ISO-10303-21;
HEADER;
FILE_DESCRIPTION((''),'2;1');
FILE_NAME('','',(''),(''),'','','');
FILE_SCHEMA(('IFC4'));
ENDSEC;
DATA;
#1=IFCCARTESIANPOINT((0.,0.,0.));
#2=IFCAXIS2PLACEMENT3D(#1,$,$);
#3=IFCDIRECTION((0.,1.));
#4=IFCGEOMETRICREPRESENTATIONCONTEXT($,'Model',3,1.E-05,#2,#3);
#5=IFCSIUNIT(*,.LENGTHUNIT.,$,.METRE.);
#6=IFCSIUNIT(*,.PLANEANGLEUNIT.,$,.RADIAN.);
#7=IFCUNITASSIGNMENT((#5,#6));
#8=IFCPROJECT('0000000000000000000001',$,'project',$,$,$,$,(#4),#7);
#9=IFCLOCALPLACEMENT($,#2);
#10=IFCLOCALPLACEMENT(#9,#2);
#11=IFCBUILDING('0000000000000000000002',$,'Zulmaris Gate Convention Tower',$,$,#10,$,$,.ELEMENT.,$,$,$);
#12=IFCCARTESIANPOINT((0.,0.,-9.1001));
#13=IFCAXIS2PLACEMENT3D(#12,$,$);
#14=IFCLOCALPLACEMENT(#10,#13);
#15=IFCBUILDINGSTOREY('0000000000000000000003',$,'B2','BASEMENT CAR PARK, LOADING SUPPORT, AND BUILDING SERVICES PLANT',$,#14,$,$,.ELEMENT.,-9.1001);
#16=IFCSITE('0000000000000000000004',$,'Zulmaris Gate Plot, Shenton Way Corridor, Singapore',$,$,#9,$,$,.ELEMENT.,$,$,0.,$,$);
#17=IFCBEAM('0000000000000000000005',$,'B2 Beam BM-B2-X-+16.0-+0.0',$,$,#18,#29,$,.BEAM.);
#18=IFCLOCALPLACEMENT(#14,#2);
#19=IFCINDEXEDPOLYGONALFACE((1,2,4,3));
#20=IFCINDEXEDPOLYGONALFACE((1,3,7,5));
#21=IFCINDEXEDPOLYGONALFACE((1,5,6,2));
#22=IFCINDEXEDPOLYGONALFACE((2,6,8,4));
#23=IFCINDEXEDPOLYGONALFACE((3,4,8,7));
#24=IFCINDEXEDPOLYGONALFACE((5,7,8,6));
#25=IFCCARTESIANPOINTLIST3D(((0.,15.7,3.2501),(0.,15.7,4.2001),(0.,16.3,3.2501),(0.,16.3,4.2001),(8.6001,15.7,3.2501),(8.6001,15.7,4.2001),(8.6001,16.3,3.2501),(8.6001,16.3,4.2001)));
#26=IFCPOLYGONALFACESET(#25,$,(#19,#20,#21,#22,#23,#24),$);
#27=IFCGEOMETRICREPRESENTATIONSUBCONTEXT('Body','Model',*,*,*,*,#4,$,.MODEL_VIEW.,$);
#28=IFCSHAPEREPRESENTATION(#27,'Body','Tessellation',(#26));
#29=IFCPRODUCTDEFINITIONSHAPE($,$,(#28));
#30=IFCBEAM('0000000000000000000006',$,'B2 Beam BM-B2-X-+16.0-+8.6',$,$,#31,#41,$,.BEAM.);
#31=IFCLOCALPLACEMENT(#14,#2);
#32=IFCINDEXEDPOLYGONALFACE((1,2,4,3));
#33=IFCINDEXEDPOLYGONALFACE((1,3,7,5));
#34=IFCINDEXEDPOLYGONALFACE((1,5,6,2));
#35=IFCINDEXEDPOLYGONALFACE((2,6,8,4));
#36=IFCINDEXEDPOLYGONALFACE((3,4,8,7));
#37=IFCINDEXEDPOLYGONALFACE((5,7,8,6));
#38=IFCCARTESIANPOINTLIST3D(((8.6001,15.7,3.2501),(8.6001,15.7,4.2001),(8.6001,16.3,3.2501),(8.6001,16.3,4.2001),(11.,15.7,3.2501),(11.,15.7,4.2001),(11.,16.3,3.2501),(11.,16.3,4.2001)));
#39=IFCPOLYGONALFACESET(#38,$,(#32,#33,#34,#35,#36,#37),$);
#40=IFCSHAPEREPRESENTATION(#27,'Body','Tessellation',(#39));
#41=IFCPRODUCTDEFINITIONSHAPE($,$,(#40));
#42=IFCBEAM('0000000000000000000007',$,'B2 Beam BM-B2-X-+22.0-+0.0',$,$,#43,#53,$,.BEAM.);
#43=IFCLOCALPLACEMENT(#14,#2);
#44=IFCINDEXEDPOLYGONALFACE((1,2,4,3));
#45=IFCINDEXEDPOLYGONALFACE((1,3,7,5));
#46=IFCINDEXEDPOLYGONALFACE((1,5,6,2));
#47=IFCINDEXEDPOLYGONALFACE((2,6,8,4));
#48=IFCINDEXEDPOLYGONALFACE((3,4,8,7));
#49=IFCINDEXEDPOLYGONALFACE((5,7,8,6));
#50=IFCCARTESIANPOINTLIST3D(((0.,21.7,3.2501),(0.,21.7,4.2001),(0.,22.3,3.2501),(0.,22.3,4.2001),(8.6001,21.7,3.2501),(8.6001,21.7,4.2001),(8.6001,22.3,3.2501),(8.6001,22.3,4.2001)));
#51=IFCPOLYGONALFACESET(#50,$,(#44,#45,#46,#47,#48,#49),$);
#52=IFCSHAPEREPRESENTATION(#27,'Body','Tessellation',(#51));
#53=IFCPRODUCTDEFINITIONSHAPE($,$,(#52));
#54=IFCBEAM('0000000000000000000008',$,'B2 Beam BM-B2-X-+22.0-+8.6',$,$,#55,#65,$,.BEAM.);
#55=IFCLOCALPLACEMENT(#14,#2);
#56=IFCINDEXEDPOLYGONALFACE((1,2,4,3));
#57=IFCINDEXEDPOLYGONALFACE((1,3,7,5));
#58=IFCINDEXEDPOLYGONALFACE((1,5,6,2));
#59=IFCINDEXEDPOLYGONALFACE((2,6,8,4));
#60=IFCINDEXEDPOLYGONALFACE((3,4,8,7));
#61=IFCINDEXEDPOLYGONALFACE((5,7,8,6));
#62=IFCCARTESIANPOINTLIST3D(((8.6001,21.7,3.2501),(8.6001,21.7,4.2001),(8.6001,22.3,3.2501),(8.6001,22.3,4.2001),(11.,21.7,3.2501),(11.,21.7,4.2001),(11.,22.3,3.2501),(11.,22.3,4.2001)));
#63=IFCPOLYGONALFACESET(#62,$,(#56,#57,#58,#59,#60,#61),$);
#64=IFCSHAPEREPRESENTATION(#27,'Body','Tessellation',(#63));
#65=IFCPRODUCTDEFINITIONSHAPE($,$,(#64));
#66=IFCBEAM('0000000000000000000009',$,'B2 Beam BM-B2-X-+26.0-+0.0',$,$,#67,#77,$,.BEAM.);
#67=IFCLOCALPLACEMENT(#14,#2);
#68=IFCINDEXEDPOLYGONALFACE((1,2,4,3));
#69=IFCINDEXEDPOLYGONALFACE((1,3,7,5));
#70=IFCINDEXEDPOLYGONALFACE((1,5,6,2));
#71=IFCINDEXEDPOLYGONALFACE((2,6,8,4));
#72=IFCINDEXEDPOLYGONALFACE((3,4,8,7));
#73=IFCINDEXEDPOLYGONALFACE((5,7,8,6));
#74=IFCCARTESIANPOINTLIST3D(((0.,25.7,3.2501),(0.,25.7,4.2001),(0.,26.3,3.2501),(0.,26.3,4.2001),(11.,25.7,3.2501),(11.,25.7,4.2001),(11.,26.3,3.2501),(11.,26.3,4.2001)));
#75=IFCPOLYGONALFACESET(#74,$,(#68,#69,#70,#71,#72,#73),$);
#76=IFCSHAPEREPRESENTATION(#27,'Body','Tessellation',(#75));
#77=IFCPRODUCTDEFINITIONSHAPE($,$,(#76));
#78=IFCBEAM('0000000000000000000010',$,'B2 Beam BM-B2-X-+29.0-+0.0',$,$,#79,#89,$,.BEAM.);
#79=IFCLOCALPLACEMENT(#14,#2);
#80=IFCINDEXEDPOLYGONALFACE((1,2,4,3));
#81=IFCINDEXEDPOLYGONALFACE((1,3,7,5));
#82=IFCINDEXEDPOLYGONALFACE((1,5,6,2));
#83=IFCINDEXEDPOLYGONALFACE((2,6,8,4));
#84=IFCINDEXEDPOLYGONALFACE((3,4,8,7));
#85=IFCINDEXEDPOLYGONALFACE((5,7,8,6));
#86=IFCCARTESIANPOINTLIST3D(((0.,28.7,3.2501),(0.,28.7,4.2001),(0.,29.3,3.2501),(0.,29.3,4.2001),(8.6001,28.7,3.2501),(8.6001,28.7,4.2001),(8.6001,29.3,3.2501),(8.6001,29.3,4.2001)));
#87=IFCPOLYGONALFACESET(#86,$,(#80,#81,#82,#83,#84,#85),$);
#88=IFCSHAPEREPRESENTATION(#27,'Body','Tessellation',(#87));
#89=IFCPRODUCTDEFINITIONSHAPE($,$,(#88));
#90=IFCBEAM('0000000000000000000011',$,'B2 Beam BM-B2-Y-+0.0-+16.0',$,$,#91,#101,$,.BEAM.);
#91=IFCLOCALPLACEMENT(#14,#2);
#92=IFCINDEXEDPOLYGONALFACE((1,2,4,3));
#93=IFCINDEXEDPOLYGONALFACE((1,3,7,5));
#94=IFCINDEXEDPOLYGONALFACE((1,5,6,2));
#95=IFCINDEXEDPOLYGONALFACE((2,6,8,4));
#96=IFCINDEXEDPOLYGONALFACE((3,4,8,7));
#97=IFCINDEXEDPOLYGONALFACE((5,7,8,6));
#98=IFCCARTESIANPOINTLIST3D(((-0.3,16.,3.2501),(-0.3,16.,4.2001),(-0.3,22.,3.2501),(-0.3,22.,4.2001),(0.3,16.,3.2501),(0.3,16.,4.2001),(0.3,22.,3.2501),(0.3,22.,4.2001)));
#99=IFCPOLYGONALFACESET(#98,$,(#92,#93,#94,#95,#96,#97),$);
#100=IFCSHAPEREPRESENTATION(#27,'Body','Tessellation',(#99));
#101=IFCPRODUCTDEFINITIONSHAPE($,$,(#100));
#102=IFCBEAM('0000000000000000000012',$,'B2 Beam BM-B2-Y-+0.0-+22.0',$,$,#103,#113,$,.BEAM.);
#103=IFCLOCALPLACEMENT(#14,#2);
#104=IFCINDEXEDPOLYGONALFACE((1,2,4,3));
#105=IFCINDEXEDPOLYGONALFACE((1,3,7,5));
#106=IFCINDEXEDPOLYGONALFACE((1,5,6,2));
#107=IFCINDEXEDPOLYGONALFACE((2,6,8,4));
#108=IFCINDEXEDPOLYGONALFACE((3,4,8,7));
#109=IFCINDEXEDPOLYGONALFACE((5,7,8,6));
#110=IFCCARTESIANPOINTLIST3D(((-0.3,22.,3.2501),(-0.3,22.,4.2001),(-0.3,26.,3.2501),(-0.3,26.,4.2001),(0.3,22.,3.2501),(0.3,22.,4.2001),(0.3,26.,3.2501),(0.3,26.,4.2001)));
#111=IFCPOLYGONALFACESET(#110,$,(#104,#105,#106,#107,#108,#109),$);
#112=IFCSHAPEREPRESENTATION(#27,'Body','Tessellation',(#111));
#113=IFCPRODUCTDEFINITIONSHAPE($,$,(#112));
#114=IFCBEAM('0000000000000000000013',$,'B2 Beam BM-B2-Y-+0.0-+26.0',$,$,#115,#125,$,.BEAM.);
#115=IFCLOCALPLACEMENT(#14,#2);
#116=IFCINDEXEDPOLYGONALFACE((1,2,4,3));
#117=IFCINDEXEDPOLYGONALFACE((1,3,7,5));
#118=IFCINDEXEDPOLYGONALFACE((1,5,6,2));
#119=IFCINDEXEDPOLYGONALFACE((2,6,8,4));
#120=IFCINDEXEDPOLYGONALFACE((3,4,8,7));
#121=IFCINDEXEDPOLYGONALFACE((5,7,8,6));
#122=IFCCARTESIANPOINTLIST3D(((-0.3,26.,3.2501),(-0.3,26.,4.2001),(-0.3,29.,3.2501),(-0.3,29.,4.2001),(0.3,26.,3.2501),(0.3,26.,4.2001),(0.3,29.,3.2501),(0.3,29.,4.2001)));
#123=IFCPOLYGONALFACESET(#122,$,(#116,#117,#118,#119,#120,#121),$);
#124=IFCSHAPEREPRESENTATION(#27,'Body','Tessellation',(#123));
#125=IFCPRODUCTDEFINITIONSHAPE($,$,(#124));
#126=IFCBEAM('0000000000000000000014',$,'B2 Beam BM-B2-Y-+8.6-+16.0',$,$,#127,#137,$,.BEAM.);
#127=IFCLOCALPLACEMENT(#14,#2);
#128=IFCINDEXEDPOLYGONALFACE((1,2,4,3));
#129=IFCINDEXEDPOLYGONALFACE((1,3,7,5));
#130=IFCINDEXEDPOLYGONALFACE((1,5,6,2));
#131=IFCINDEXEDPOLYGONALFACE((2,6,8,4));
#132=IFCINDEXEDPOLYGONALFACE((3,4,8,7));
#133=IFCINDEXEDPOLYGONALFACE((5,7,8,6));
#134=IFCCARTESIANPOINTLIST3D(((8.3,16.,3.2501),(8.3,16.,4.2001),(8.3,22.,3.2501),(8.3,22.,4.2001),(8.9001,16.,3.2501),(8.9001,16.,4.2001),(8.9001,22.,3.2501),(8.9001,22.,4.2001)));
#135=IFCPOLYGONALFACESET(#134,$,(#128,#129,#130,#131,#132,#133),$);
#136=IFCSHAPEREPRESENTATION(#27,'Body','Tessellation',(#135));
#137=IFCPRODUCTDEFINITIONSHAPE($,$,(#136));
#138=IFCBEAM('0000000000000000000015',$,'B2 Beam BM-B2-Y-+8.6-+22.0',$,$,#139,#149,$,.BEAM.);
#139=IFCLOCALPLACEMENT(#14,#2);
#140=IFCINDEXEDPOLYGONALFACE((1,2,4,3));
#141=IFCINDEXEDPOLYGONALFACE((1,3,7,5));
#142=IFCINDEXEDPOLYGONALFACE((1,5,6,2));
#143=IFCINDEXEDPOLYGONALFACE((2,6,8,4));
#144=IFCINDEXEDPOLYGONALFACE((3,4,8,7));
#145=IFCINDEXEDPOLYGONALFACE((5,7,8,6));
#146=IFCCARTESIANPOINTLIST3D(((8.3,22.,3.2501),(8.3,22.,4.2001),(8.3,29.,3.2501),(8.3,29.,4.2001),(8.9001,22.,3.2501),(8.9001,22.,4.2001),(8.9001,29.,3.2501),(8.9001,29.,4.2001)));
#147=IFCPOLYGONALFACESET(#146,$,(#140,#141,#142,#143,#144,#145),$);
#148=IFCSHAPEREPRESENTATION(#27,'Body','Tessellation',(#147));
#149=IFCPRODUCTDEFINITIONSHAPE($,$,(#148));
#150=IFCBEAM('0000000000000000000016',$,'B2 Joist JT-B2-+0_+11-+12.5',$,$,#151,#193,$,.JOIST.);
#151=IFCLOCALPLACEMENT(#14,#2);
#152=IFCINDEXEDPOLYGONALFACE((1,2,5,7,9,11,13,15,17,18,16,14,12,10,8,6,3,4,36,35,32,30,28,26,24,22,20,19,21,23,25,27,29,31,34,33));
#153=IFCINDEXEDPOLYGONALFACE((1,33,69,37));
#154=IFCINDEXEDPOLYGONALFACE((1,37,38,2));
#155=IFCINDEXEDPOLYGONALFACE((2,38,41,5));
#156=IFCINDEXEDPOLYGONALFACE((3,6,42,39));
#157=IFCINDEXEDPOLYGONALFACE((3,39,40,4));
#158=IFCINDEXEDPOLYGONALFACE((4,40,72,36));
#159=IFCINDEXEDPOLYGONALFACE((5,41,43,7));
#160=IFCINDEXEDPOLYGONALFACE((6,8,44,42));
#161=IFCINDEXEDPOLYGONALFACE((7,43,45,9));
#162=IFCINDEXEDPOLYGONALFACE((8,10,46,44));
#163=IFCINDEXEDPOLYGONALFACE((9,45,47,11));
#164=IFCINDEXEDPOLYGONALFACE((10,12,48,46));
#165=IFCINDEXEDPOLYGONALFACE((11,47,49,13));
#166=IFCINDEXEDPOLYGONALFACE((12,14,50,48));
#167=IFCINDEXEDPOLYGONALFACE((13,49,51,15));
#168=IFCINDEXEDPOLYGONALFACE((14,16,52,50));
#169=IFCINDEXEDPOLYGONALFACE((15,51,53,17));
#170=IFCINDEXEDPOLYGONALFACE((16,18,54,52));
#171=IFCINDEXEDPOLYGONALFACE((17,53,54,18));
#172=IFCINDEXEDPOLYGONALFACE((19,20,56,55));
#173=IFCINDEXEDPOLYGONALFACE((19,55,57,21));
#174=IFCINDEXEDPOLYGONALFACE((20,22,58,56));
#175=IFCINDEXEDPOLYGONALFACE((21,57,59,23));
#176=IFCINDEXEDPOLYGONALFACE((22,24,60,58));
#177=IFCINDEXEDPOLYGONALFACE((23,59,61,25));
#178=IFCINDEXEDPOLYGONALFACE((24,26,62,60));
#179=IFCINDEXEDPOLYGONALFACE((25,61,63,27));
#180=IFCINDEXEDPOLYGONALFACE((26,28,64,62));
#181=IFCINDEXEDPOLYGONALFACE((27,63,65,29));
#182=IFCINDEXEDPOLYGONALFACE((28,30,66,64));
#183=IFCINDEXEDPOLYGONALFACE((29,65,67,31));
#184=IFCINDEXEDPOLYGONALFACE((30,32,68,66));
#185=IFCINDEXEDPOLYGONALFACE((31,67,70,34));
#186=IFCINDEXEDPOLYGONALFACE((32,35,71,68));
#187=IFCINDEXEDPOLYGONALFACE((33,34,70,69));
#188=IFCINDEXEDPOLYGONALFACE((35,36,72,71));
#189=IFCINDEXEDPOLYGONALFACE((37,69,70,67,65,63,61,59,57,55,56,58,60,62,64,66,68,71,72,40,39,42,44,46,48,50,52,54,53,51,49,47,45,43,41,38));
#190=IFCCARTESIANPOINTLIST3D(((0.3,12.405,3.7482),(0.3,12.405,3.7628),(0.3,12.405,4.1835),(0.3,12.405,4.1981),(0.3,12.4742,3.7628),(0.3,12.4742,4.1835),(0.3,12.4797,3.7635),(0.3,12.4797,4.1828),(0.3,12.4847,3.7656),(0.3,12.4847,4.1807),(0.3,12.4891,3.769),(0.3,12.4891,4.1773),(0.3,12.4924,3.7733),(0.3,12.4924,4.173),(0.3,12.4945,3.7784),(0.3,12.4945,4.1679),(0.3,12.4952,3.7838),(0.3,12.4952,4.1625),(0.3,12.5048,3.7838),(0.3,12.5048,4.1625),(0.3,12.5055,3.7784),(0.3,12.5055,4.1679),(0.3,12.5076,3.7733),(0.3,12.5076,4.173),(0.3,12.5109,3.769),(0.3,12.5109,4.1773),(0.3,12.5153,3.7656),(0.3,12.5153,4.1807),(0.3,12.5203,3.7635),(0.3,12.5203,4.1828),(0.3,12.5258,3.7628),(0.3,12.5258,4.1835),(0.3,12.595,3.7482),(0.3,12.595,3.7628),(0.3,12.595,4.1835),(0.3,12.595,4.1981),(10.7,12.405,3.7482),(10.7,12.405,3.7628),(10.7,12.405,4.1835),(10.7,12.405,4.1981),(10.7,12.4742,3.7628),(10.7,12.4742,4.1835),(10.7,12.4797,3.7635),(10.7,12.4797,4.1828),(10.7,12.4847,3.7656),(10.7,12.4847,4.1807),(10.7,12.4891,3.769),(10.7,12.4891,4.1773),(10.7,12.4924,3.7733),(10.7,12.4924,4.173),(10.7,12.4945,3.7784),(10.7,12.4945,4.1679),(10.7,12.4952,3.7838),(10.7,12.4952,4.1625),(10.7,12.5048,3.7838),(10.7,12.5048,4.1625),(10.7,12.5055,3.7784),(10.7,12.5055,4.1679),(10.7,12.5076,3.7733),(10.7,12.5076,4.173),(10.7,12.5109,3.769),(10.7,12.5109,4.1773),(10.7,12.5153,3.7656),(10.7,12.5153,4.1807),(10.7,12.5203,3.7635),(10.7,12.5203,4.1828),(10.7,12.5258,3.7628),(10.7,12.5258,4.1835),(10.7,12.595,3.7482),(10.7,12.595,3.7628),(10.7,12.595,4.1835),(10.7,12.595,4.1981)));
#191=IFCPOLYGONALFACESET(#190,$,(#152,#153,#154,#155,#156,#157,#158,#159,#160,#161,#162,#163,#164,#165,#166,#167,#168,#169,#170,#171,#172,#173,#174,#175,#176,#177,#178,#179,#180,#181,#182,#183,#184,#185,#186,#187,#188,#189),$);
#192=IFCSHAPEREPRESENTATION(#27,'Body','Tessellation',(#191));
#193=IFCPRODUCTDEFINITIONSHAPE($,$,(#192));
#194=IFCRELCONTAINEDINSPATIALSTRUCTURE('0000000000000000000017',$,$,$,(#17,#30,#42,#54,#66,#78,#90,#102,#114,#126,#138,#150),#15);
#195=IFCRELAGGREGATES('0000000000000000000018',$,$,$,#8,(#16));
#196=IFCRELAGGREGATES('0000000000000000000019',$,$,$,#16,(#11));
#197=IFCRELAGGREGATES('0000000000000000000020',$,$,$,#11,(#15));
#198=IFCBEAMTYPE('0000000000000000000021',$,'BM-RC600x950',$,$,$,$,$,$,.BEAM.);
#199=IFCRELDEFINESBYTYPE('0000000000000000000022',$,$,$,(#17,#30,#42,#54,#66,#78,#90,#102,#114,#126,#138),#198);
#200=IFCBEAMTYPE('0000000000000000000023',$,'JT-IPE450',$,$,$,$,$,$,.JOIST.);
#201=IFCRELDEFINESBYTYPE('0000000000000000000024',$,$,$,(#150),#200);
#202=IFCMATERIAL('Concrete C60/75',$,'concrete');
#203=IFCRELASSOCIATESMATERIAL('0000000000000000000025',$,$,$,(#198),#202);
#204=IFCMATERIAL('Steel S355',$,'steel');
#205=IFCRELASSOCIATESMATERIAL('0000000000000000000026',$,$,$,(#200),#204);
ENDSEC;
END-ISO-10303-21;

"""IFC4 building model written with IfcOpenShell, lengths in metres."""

from ifc_helpers import new_model, si_unit, direction, frame, origin, origin_2d, place, context, subcontext, project, spatial, rectangle, i_section, extrude, material, material_profile, profile_set, type_object, element, save


model = new_model("IFC4")

# Units and contexts
model_context = context("Model", 3, precision=1e-05, world=origin(), true_north=direction((0.0, 1.0)))
body_context = subcontext(model_context, "Body", "Model", "MODEL_VIEW")
ifc_project = project(units=[si_unit("LENGTHUNIT", "METRE"), si_unit("PLANEANGLEUNIT", "RADIAN")], contexts=[model_context])

# Site, building, storey
site_placement = place(None, origin())
site = spatial("IfcSite", under=ifc_project, at=site_placement, Name="Zulmaris Gate Plot, Shenton Way Corridor, Singapore", CompositionType="ELEMENT", RefElevation=0.0)
building_placement = place(site_placement, origin())
building = spatial("IfcBuilding", under=site, at=building_placement, Name="Zulmaris Gate Convention Tower", CompositionType="ELEMENT")
storey_placement = place(building_placement, frame((0.0, 0.0, -9.1001)))
storey = spatial("IfcBuildingStorey", under=building, at=storey_placement, Name="B2", Description="BASEMENT CAR PARK, LOADING SUPPORT, AND BUILDING SERVICES PLANT", CompositionType="ELEMENT", Elevation=-9.1001)

# Beams
ifc_material_1 = material(Name="Concrete C60/75", Category="concrete")
ifc_material_profile_1 = material_profile(ifc_material_1, rectangle(XDim=0.6001, YDim=0.95, at=origin_2d()), Name="RC BEAM 600x950")
ifc_profile_set_1 = profile_set([ifc_material_profile_1], Name="Concrete C60/75")
beam_type_1 = type_object("IfcBeamType", Name="BM-RC600x950", PredefinedType="BEAM", material=ifc_profile_set_1)
beam_1_placement = place(storey_placement, frame((0.0, 16.0, 3.7251), z_axis=(1.0, 0.0, 0.0), x_axis=(0.0, 1.0, 0.0)))
element("IfcBeam", 1, at=beam_1_placement, inside=storey, type_object=beam_type_1, Name="B2 Beam BM-B2-X-+16.0-+0.0", PredefinedType="BEAM", context=body_context, shape_type="SweptSolid", body=[
    extrude(rectangle(XDim=0.6001, YDim=0.95, at=origin_2d()), origin(), (0.0, 0.0, 1.0), 8.6001),
])
beam_2_placement = place(storey_placement, frame((8.6001, 16.0, 3.7251), z_axis=(1.0, 0.0, 0.0), x_axis=(0.0, 1.0, 0.0)))
element("IfcBeam", 2, at=beam_2_placement, inside=storey, type_object=beam_type_1, Name="B2 Beam BM-B2-X-+16.0-+8.6", PredefinedType="BEAM", context=body_context, shape_type="SweptSolid", body=[
    extrude(rectangle(XDim=0.6001, YDim=0.95, at=origin_2d()), origin(), (0.0, 0.0, 1.0), 2.3999),
])
beam_3_placement = place(storey_placement, frame((0.0, 22.0, 3.7251), z_axis=(1.0, 0.0, 0.0), x_axis=(0.0, 1.0, 0.0)))
element("IfcBeam", 3, at=beam_3_placement, inside=storey, type_object=beam_type_1, Name="B2 Beam BM-B2-X-+22.0-+0.0", PredefinedType="BEAM", context=body_context, shape_type="SweptSolid", body=[
    extrude(rectangle(XDim=0.6001, YDim=0.95, at=origin_2d()), origin(), (0.0, 0.0, 1.0), 8.6001),
])
beam_4_placement = place(storey_placement, frame((8.6001, 22.0, 3.7251), z_axis=(1.0, 0.0, 0.0), x_axis=(0.0, 1.0, 0.0)))
element("IfcBeam", 4, at=beam_4_placement, inside=storey, type_object=beam_type_1, Name="B2 Beam BM-B2-X-+22.0-+8.6", PredefinedType="BEAM", context=body_context, shape_type="SweptSolid", body=[
    extrude(rectangle(XDim=0.6001, YDim=0.95, at=origin_2d()), origin(), (0.0, 0.0, 1.0), 2.3999),
])
beam_5_placement = place(storey_placement, frame((0.0, 26.0, 3.7251), z_axis=(1.0, 0.0, 0.0), x_axis=(0.0, 1.0, 0.0)))
element("IfcBeam", 5, at=beam_5_placement, inside=storey, type_object=beam_type_1, Name="B2 Beam BM-B2-X-+26.0-+0.0", PredefinedType="BEAM", context=body_context, shape_type="SweptSolid", body=[
    extrude(rectangle(XDim=0.6001, YDim=0.95, at=origin_2d()), origin(), (0.0, 0.0, 1.0), 11.0),
])
beam_6_placement = place(storey_placement, frame((0.0, 29.0, 3.7251), z_axis=(1.0, 0.0, 0.0), x_axis=(0.0, 1.0, 0.0)))
element("IfcBeam", 6, at=beam_6_placement, inside=storey, type_object=beam_type_1, Name="B2 Beam BM-B2-X-+29.0-+0.0", PredefinedType="BEAM", context=body_context, shape_type="SweptSolid", body=[
    extrude(rectangle(XDim=0.6001, YDim=0.95, at=origin_2d()), origin(), (0.0, 0.0, 1.0), 8.6001),
])
beam_7_placement = place(storey_placement, frame((0.0, 16.0, 3.7251), z_axis=(0.0, 1.0, 0.0), x_axis=(-1.0, 0.0, 0.0)))
element("IfcBeam", 7, at=beam_7_placement, inside=storey, type_object=beam_type_1, Name="B2 Beam BM-B2-Y-+0.0-+16.0", PredefinedType="BEAM", context=body_context, shape_type="SweptSolid", body=[
    extrude(rectangle(XDim=0.6001, YDim=0.95, at=origin_2d()), origin(), (0.0, 0.0, 1.0), 6.0),
])
beam_8_placement = place(storey_placement, frame((0.0, 22.0, 3.7251), z_axis=(0.0, 1.0, 0.0), x_axis=(-1.0, 0.0, 0.0)))
element("IfcBeam", 8, at=beam_8_placement, inside=storey, type_object=beam_type_1, Name="B2 Beam BM-B2-Y-+0.0-+22.0", PredefinedType="BEAM", context=body_context, shape_type="SweptSolid", body=[
    extrude(rectangle(XDim=0.6001, YDim=0.95, at=origin_2d()), origin(), (0.0, 0.0, 1.0), 4.0),
])
beam_9_placement = place(storey_placement, frame((0.0, 26.0, 3.7251), z_axis=(0.0, 1.0, 0.0), x_axis=(-1.0, 0.0, 0.0)))
element("IfcBeam", 9, at=beam_9_placement, inside=storey, type_object=beam_type_1, Name="B2 Beam BM-B2-Y-+0.0-+26.0", PredefinedType="BEAM", context=body_context, shape_type="SweptSolid", body=[
    extrude(rectangle(XDim=0.6001, YDim=0.95, at=origin_2d()), origin(), (0.0, 0.0, 1.0), 3.0),
])
beam_10_placement = place(storey_placement, frame((8.6001, 16.0, 3.7251), z_axis=(0.0, 1.0, 0.0), x_axis=(-1.0, 0.0, 0.0)))
element("IfcBeam", 10, at=beam_10_placement, inside=storey, type_object=beam_type_1, Name="B2 Beam BM-B2-Y-+8.6-+16.0", PredefinedType="BEAM", context=body_context, shape_type="SweptSolid", body=[
    extrude(rectangle(XDim=0.6001, YDim=0.95, at=origin_2d()), origin(), (0.0, 0.0, 1.0), 6.0),
])
beam_11_placement = place(storey_placement, frame((8.6001, 22.0, 3.7251), z_axis=(0.0, 1.0, 0.0), x_axis=(-1.0, 0.0, 0.0)))
element("IfcBeam", 11, at=beam_11_placement, inside=storey, type_object=beam_type_1, Name="B2 Beam BM-B2-Y-+8.6-+22.0", PredefinedType="BEAM", context=body_context, shape_type="SweptSolid", body=[
    extrude(rectangle(XDim=0.6001, YDim=0.95, at=origin_2d()), origin(), (0.0, 0.0, 1.0), 7.0),
])
ifc_material_2 = material(Name="Steel S355", Category="steel")
ifc_material_profile_2 = material_profile(ifc_material_2, i_section(OverallWidth=0.1899, OverallDepth=0.45, WebThickness=0.0095, FlangeThickness=0.0146, FilletRadius=0.021, at=origin_2d()), Name="IPE 450")
ifc_profile_set_2 = profile_set([ifc_material_profile_2], Name="Steel S355")
beam_type_2 = type_object("IfcBeamType", Name="JT-IPE450", PredefinedType="JOIST", material=ifc_profile_set_2)
beam_12_placement = place(storey_placement, frame((0.3, 12.5, 3.9731), z_axis=(1.0, 0.0, 0.0), x_axis=(0.0, 1.0, 0.0)))
element("IfcBeam", 12, at=beam_12_placement, inside=storey, type_object=beam_type_2, Name="B2 Joist JT-B2-+0_+11-+12.5", PredefinedType="JOIST", context=body_context, shape_type="SweptSolid", body=[
    extrude(i_section(OverallWidth=0.1899, OverallDepth=0.45, WebThickness=0.0095, FlangeThickness=0.0146, FilletRadius=0.021, at=origin_2d()), origin(), (0.0, 0.0, 1.0), 10.3999),
])

save(model, "model.ifc")
